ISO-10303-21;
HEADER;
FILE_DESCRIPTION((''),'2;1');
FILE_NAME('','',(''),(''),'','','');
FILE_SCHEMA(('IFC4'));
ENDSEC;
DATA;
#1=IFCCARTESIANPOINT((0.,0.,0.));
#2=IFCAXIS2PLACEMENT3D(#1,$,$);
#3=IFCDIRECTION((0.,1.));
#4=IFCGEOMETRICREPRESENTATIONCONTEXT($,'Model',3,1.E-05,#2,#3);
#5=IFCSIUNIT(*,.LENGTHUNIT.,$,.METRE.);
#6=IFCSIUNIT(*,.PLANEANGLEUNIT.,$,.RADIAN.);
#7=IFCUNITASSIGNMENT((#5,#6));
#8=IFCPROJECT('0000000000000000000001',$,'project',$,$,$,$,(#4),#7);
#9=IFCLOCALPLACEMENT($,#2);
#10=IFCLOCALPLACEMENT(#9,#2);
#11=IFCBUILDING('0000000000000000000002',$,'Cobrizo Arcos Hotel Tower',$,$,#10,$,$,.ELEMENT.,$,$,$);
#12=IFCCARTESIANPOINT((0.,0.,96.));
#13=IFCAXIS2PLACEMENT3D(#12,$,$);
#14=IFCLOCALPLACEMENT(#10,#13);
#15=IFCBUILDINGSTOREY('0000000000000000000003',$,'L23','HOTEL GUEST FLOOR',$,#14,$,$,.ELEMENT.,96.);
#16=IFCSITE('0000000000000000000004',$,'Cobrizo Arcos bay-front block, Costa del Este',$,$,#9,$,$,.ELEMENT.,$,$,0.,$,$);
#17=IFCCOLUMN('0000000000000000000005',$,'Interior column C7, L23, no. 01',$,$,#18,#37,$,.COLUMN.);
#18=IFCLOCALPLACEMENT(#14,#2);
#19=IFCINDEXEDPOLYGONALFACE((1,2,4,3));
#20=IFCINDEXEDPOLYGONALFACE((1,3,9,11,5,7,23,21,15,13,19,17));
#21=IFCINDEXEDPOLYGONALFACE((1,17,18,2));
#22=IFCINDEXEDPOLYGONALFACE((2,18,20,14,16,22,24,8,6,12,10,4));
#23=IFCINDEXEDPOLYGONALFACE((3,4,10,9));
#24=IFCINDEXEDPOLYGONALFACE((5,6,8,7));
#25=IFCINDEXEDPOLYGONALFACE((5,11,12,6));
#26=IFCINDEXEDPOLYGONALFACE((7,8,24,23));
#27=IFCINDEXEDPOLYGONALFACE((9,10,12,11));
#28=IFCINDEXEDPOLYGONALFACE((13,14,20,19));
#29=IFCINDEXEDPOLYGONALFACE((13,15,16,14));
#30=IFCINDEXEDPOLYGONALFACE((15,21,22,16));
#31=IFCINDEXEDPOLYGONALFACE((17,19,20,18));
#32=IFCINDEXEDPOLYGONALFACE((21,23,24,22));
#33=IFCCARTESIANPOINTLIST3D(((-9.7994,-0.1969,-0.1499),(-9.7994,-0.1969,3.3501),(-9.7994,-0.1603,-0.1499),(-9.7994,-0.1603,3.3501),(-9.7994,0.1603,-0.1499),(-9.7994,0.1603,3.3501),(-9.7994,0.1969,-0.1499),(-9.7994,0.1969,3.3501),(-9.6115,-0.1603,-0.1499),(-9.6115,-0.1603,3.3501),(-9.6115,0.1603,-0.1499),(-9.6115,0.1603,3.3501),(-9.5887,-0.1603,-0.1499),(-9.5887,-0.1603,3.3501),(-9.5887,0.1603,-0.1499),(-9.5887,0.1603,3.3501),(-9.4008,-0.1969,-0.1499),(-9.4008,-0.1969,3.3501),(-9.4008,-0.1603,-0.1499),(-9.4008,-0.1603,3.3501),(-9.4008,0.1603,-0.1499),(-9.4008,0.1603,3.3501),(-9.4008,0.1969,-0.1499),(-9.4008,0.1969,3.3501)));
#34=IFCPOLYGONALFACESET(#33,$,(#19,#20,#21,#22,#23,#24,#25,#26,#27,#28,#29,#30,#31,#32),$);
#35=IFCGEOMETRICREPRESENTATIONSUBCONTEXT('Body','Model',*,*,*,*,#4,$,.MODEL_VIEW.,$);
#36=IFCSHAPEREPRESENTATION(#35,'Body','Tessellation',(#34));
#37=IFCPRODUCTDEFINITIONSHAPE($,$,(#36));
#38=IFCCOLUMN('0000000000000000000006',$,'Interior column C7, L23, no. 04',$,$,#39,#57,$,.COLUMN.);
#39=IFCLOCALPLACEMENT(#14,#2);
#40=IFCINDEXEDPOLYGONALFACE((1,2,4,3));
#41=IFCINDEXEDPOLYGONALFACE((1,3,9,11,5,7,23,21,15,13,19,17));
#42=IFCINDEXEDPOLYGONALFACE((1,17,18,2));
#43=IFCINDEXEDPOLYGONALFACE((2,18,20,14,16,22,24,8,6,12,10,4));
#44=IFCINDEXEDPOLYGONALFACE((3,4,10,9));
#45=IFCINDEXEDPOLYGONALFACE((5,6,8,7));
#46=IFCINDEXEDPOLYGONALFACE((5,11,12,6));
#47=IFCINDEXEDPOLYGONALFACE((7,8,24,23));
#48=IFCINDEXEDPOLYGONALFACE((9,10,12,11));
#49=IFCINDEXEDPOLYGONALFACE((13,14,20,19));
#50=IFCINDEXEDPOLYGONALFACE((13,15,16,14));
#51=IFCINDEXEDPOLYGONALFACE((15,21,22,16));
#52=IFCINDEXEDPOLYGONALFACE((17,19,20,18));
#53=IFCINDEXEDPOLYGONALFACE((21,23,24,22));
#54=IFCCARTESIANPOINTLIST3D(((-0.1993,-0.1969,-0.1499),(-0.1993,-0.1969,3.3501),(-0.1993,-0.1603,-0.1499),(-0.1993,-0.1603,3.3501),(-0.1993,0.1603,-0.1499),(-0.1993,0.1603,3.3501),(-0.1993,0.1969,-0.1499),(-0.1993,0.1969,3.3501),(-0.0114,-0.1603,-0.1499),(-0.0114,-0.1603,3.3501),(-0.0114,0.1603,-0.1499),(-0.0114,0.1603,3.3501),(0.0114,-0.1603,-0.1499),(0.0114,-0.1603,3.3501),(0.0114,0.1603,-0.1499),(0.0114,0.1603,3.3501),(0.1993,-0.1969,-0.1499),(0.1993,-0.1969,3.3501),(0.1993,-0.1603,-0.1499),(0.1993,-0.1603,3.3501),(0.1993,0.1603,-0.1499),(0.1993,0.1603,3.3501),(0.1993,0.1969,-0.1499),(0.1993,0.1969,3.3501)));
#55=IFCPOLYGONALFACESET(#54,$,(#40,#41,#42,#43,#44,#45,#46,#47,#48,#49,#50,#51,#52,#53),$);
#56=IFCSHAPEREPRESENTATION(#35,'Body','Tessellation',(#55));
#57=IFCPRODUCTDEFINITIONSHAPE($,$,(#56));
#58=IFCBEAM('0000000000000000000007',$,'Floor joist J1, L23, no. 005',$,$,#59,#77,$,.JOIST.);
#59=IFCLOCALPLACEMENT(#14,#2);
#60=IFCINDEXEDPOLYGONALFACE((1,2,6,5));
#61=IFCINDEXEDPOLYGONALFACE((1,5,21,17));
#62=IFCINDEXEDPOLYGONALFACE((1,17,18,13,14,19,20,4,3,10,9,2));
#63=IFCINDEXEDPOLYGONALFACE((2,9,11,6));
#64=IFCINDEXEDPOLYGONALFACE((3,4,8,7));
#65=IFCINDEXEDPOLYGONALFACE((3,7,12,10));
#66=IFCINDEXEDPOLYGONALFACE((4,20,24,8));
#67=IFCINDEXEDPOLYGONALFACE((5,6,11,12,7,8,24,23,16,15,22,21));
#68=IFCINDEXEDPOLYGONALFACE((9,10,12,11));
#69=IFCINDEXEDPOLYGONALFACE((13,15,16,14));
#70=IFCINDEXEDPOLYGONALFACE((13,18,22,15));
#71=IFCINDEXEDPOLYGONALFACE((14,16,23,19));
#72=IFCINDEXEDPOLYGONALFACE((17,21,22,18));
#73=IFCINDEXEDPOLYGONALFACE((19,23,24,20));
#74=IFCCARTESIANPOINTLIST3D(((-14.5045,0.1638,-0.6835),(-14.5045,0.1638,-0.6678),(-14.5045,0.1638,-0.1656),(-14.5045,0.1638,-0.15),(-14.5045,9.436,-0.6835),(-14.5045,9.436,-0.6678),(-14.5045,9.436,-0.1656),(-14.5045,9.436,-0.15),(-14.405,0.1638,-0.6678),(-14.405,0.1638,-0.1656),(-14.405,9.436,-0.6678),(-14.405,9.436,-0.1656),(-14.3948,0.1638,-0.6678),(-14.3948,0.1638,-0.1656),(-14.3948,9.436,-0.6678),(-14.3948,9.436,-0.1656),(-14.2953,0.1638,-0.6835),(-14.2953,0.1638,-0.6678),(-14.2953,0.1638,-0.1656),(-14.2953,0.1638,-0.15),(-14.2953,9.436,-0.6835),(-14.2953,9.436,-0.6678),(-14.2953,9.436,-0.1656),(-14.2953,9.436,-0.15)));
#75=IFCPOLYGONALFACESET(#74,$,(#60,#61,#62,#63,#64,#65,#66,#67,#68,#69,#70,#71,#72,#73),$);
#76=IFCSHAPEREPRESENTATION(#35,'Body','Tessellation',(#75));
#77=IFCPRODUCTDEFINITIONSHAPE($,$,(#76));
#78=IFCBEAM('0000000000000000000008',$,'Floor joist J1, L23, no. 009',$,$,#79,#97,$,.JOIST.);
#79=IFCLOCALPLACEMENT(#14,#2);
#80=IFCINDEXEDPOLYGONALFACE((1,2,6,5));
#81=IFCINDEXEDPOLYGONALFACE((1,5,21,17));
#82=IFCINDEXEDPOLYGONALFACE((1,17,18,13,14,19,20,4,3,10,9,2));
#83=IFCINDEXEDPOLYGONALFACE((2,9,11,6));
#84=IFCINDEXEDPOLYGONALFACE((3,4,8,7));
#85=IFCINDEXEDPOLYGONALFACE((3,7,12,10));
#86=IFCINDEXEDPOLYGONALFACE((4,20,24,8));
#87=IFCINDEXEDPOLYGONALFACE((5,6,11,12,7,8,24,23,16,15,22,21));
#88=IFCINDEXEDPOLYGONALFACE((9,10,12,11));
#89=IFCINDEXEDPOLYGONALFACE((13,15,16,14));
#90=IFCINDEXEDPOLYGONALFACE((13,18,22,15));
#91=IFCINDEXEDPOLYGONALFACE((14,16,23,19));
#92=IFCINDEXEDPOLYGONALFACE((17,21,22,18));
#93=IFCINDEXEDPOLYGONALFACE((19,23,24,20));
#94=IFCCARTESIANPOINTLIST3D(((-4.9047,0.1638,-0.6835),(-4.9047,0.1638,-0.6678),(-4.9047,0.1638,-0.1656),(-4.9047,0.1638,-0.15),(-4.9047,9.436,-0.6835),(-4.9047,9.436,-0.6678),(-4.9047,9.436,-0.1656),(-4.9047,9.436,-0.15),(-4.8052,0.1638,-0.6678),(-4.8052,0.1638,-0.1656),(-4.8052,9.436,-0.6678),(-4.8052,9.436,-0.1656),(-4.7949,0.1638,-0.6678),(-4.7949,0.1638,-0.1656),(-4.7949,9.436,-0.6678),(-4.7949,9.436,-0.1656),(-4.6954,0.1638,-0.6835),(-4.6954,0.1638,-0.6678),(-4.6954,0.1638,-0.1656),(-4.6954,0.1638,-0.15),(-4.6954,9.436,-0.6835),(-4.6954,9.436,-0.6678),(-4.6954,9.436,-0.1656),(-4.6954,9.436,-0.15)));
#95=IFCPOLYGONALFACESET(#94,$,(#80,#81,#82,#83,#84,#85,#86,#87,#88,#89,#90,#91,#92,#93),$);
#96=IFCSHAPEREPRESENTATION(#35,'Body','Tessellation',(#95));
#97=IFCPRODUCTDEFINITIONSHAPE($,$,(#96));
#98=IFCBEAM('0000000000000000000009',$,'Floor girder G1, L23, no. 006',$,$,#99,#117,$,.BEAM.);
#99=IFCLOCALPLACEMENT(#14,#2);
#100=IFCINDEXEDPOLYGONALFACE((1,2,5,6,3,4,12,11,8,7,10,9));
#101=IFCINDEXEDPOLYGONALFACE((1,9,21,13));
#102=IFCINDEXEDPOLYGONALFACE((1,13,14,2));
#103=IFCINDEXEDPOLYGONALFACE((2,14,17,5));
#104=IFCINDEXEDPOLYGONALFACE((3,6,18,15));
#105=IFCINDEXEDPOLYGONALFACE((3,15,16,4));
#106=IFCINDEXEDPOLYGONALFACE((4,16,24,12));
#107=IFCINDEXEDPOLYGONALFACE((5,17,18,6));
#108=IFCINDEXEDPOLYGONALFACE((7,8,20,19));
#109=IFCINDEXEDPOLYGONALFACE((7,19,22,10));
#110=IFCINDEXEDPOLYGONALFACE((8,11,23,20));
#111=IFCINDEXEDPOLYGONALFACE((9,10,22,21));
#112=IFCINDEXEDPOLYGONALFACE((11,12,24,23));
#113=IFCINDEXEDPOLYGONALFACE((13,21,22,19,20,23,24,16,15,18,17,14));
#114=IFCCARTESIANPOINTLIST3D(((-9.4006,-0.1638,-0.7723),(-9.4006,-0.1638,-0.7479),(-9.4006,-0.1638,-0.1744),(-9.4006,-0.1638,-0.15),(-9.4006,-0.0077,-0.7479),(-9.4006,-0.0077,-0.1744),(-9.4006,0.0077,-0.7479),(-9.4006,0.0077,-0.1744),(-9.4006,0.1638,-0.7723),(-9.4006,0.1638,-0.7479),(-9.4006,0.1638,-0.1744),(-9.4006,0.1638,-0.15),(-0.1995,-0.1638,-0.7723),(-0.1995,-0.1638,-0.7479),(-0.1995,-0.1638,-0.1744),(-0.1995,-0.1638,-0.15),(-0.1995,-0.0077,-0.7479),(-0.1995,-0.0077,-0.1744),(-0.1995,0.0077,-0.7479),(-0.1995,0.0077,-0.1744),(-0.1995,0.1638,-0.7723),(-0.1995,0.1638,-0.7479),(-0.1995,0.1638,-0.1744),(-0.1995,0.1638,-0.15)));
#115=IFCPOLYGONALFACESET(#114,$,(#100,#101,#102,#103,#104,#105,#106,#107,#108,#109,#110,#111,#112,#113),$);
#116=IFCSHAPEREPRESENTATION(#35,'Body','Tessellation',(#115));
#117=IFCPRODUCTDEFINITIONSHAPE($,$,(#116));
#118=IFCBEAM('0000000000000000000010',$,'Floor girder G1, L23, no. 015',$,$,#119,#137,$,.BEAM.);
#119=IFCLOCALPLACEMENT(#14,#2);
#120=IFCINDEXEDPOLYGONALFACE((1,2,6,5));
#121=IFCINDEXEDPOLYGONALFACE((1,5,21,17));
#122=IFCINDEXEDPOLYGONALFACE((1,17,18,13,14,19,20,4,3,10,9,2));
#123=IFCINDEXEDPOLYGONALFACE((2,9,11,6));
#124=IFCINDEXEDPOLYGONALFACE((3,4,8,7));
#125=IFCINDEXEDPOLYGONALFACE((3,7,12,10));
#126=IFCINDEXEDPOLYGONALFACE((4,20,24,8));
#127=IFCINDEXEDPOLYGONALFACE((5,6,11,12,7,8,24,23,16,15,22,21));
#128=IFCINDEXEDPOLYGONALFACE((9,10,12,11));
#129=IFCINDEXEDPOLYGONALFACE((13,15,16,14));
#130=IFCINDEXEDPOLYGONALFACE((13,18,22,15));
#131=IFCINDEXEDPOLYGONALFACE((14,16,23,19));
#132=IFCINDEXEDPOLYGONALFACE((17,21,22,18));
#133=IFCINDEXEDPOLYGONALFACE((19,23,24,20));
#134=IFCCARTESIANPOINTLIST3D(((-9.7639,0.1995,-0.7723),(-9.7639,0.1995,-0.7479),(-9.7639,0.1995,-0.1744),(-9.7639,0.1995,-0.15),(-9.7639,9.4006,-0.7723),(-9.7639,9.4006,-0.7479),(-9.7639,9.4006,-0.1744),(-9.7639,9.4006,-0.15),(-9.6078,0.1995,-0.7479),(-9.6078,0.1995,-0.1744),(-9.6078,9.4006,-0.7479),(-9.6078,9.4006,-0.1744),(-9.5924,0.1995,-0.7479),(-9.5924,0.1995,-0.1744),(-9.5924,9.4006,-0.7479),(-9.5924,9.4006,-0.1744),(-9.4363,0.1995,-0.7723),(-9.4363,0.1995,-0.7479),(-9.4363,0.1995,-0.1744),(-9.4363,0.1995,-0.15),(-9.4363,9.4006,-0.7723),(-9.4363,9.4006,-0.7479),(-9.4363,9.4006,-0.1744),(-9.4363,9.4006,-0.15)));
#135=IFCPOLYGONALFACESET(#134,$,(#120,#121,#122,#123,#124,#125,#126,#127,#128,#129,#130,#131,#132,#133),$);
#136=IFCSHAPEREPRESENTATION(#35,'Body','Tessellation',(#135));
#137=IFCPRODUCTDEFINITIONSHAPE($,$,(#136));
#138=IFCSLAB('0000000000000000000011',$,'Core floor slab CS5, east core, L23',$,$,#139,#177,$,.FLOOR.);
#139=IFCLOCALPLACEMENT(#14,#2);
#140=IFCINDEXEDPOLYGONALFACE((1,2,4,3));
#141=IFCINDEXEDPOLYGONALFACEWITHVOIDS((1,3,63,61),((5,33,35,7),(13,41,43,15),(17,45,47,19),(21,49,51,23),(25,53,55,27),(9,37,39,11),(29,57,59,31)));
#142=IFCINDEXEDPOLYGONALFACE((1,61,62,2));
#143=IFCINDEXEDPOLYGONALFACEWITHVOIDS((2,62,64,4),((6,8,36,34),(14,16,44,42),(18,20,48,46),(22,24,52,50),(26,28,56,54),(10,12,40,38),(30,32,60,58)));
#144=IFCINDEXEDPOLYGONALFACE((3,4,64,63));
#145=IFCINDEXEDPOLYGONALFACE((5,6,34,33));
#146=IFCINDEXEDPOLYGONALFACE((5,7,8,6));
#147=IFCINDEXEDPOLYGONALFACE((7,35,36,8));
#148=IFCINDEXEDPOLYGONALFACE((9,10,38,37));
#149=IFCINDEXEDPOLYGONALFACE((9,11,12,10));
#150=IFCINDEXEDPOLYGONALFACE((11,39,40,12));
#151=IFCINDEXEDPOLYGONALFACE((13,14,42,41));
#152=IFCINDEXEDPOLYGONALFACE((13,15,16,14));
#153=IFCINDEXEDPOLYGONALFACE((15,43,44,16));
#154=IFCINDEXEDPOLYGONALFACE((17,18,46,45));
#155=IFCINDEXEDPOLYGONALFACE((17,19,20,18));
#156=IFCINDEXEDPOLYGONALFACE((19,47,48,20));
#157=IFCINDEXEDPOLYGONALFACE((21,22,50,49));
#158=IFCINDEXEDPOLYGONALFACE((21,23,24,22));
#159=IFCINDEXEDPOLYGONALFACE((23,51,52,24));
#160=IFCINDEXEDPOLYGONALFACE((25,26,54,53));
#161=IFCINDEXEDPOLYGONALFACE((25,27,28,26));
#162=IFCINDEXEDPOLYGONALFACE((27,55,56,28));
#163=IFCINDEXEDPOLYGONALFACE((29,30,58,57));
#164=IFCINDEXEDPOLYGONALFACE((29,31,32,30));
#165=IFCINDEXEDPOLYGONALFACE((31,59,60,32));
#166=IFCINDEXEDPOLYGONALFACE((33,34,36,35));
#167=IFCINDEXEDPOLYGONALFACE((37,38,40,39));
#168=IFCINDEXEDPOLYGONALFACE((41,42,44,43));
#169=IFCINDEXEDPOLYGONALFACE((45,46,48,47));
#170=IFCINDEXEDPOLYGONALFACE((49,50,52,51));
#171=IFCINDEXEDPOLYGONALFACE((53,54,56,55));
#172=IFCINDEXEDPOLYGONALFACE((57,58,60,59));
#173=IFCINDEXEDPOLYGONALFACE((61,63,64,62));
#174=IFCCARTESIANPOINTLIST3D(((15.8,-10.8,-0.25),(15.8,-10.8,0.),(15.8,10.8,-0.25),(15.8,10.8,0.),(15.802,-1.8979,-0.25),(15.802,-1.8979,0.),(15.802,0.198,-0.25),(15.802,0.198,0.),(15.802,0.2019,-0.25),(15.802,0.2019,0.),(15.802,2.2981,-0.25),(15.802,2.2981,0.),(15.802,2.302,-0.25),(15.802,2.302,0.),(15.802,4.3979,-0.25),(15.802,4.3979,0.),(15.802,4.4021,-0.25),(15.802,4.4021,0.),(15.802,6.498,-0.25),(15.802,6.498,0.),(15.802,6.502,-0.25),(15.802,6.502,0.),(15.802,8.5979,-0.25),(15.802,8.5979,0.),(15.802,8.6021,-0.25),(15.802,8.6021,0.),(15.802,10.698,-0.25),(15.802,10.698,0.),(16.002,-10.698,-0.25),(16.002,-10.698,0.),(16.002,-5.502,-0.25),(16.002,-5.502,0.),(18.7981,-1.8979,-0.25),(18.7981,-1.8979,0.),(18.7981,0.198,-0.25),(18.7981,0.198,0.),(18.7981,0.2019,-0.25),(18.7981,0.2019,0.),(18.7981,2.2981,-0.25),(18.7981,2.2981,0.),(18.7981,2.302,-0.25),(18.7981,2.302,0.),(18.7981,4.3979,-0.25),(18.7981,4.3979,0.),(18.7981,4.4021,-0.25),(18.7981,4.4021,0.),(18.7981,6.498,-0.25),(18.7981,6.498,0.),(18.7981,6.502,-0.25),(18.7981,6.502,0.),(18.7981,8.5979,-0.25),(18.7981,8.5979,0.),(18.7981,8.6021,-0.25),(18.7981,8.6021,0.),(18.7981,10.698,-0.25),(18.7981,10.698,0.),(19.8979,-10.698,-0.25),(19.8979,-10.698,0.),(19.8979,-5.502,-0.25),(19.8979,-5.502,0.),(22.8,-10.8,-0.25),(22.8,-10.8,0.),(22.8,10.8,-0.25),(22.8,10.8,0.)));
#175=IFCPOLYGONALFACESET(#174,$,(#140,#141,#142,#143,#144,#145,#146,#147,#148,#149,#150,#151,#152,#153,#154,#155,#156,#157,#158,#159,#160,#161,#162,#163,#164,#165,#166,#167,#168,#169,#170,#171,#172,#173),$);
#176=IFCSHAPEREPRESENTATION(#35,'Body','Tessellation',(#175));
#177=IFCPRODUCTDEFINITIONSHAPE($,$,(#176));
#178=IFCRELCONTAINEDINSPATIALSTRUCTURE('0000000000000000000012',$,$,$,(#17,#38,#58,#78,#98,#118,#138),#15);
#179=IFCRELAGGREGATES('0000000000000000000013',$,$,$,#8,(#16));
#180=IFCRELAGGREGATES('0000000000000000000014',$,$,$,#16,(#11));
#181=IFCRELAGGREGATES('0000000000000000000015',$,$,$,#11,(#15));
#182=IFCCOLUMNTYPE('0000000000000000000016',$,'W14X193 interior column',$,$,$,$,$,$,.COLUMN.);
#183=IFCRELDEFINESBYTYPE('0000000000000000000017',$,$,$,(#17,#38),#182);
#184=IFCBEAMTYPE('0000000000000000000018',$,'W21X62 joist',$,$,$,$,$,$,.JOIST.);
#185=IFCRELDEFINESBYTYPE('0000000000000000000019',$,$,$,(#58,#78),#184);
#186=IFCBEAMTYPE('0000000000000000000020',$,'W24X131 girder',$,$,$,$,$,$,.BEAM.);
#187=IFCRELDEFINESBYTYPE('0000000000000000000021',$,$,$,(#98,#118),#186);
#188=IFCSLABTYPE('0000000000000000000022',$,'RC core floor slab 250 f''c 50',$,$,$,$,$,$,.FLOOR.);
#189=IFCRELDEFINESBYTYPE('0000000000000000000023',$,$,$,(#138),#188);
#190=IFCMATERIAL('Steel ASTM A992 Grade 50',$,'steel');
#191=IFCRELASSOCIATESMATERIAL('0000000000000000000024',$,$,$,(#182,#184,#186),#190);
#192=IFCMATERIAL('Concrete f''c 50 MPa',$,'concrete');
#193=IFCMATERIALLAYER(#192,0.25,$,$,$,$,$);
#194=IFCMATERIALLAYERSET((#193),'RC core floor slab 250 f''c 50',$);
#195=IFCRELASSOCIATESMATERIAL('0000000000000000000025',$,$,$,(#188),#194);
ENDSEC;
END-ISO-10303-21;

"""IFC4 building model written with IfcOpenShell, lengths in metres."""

from ifc_helpers import new_model, si_unit, direction, frame, origin, origin_2d, place, context, subcontext, project, spatial, polyline, i_section, outline, extrude, material, layer, layer_set, material_profile, profile_set, type_object, element, save


model = new_model("IFC4")

# Units and contexts
model_context = context("Model", 3, precision=1e-05, world=origin(), true_north=direction((0.0, 1.0)))
body_context = subcontext(model_context, "Body", "Model", "MODEL_VIEW")
ifc_project = project(units=[si_unit("LENGTHUNIT", "METRE"), si_unit("PLANEANGLEUNIT", "RADIAN")], contexts=[model_context])

# Site, building, storey
site_placement = place(None, origin())
site = spatial("IfcSite", under=ifc_project, at=site_placement, Name="Cobrizo Arcos bay-front block, Costa del Este", CompositionType="ELEMENT", RefElevation=0.0)
building_placement = place(site_placement, origin())
building = spatial("IfcBuilding", under=site, at=building_placement, Name="Cobrizo Arcos Hotel Tower", CompositionType="ELEMENT")
storey_placement = place(building_placement, frame((0.0, 0.0, 96.0)))
storey = spatial("IfcBuildingStorey", under=building, at=storey_placement, Name="L23", Description="HOTEL GUEST FLOOR", CompositionType="ELEMENT", Elevation=96.0)

# Columns
ifc_material_1 = material(Name="Steel ASTM A992 Grade 50", Category="steel")
ifc_material_profile_1 = material_profile(ifc_material_1, i_section(OverallWidth=0.3987, OverallDepth=0.3938, WebThickness=0.0227, FlangeThickness=0.0366, at=origin_2d()), Name="W14X193")
ifc_profile_set_1 = profile_set([ifc_material_profile_1], Name="Steel ASTM A992 Grade 50")
column_type = type_object("IfcColumnType", Name="W14X193 interior column", PredefinedType="COLUMN", material=ifc_profile_set_1)
for number, where, z_axis, x_axis, name in (
    (1, (-9.6001, 0.0, -0.1499), (0.0, 0.0, 1.0), (1.0, 0.0, 0.0), "Interior column C7, L23, no. 01"),
    (2, (0.0, 0.0, -0.1499), (0.0, 0.0, 1.0), (1.0, 0.0, 0.0), "Interior column C7, L23, no. 04"),
):
    element("IfcColumn", number, at=place(storey_placement, frame(where, z_axis=z_axis, x_axis=x_axis)), inside=storey, type_object=column_type, Name=name, PredefinedType="COLUMN", context=body_context, shape_type="SweptSolid", body=[
        extrude(i_section(OverallWidth=0.3987, OverallDepth=0.3938, WebThickness=0.0227, FlangeThickness=0.0366, at=origin_2d()), origin(), (0.0, 0.0, 1.0), 3.5),
    ])

# Beams
ifc_material_profile_2 = material_profile(ifc_material_1, i_section(OverallWidth=0.2092, OverallDepth=0.5334, WebThickness=0.0103, FlangeThickness=0.0156, at=origin_2d()), Name="W21X62")
ifc_profile_set_2 = profile_set([ifc_material_profile_2], Name="Steel ASTM A992 Grade 50")
beam_type_1 = type_object("IfcBeamType", Name="W21X62 joist", PredefinedType="JOIST", material=ifc_profile_set_2)
for number, where, z_axis, x_axis, name in (
    (3, (-14.3999, 0.1638, -0.4167), (0.0, 1.0, 0.0), (-1.0, 0.0, 0.0), "Floor joist J1, L23, no. 005"),
    (4, (-4.8, 0.1638, -0.4167), (0.0, 1.0, 0.0), (-1.0, 0.0, 0.0), "Floor joist J1, L23, no. 009"),
):
    element("IfcBeam", number, at=place(storey_placement, frame(where, z_axis=z_axis, x_axis=x_axis)), inside=storey, type_object=beam_type_1, Name=name, PredefinedType="JOIST", context=body_context, shape_type="SweptSolid", body=[
        extrude(i_section(OverallWidth=0.2092, OverallDepth=0.5334, WebThickness=0.0103, FlangeThickness=0.0156, at=origin_2d()), origin(), (0.0, 0.0, 1.0), 9.2722),
    ])
ifc_material_profile_3 = material_profile(ifc_material_1, i_section(OverallWidth=0.3276, OverallDepth=0.6223, WebThickness=0.0154, FlangeThickness=0.0244, at=origin_2d()), Name="W24X131")
ifc_profile_set_3 = profile_set([ifc_material_profile_3], Name="Steel ASTM A992 Grade 50")
beam_type_2 = type_object("IfcBeamType", Name="W24X131 girder", PredefinedType="BEAM", material=ifc_profile_set_3)
for number, where, z_axis, x_axis, name in (
    (5, (-9.4006, 0.0, -0.4612), (1.0, 0.0, 0.0), (0.0, 1.0, 0.0), "Floor girder G1, L23, no. 006"),
    (6, (-9.6001, 0.1995, -0.4612), (0.0, 1.0, 0.0), (-1.0, 0.0, 0.0), "Floor girder G1, L23, no. 015"),
):
    element("IfcBeam", number, at=place(storey_placement, frame(where, z_axis=z_axis, x_axis=x_axis)), inside=storey, type_object=beam_type_2, Name=name, PredefinedType="BEAM", context=body_context, shape_type="SweptSolid", body=[
        extrude(i_section(OverallWidth=0.3276, OverallDepth=0.6223, WebThickness=0.0154, FlangeThickness=0.0244, at=origin_2d()), origin(), (0.0, 0.0, 1.0), 9.2012),
    ])

# Slab
ifc_material_2 = material(Name="Concrete f'c 50 MPa", Category="concrete")
ifc_layer_1 = layer(ifc_material_2, 0.25)
ifc_layer_set_1 = layer_set([ifc_layer_1], Name="RC core floor slab 250 f'c 50")
slab_type_1 = type_object("IfcSlabType", Name="RC core floor slab 250 f'c 50", PredefinedType="FLOOR", material=ifc_layer_set_1)
slab_1_placement = place(storey_placement, frame((0.0, 0.0, -0.25)))
element("IfcSlab", 7, at=slab_1_placement, inside=storey, type_object=slab_type_1, Name="Core floor slab CS5, east core, L23", PredefinedType="FLOOR", context=body_context, shape_type="SweptSolid", body=[
    extrude(outline(polyline([(15.8, 10.8), (22.8, 10.8), (22.8, -10.8), (15.8, -10.8), (15.8, 10.8)]), holes=[polyline([(19.8979, -10.698), (19.8979, -5.502), (16.002, -5.502), (16.002, -10.698), (19.8979, -10.698)]), polyline([(15.802, 0.198), (15.802, -1.8979), (18.7981, -1.8979), (18.7981, 0.198), (15.802, 0.198)]), polyline([(18.7981, 2.2981), (15.802, 2.2981), (15.802, 0.2019), (18.7981, 0.2019), (18.7981, 2.2981)]), polyline([(18.7981, 4.3979), (15.802, 4.3979), (15.802, 2.302), (18.7981, 2.302), (18.7981, 4.3979)]), polyline([(15.802, 6.498), (15.802, 4.4021), (18.7981, 4.4021), (18.7981, 6.498), (15.802, 6.498)]), polyline([(18.7981, 8.5979), (15.802, 8.5979), (15.802, 6.502), (18.7981, 6.502), (18.7981, 8.5979)]), polyline([(18.7981, 10.698), (15.802, 10.698), (15.802, 8.6021), (18.7981, 8.6021), (18.7981, 10.698)])]), origin(), (0.0, 0.0, 1.0), 0.25),
])

save(model, "model.ifc")
